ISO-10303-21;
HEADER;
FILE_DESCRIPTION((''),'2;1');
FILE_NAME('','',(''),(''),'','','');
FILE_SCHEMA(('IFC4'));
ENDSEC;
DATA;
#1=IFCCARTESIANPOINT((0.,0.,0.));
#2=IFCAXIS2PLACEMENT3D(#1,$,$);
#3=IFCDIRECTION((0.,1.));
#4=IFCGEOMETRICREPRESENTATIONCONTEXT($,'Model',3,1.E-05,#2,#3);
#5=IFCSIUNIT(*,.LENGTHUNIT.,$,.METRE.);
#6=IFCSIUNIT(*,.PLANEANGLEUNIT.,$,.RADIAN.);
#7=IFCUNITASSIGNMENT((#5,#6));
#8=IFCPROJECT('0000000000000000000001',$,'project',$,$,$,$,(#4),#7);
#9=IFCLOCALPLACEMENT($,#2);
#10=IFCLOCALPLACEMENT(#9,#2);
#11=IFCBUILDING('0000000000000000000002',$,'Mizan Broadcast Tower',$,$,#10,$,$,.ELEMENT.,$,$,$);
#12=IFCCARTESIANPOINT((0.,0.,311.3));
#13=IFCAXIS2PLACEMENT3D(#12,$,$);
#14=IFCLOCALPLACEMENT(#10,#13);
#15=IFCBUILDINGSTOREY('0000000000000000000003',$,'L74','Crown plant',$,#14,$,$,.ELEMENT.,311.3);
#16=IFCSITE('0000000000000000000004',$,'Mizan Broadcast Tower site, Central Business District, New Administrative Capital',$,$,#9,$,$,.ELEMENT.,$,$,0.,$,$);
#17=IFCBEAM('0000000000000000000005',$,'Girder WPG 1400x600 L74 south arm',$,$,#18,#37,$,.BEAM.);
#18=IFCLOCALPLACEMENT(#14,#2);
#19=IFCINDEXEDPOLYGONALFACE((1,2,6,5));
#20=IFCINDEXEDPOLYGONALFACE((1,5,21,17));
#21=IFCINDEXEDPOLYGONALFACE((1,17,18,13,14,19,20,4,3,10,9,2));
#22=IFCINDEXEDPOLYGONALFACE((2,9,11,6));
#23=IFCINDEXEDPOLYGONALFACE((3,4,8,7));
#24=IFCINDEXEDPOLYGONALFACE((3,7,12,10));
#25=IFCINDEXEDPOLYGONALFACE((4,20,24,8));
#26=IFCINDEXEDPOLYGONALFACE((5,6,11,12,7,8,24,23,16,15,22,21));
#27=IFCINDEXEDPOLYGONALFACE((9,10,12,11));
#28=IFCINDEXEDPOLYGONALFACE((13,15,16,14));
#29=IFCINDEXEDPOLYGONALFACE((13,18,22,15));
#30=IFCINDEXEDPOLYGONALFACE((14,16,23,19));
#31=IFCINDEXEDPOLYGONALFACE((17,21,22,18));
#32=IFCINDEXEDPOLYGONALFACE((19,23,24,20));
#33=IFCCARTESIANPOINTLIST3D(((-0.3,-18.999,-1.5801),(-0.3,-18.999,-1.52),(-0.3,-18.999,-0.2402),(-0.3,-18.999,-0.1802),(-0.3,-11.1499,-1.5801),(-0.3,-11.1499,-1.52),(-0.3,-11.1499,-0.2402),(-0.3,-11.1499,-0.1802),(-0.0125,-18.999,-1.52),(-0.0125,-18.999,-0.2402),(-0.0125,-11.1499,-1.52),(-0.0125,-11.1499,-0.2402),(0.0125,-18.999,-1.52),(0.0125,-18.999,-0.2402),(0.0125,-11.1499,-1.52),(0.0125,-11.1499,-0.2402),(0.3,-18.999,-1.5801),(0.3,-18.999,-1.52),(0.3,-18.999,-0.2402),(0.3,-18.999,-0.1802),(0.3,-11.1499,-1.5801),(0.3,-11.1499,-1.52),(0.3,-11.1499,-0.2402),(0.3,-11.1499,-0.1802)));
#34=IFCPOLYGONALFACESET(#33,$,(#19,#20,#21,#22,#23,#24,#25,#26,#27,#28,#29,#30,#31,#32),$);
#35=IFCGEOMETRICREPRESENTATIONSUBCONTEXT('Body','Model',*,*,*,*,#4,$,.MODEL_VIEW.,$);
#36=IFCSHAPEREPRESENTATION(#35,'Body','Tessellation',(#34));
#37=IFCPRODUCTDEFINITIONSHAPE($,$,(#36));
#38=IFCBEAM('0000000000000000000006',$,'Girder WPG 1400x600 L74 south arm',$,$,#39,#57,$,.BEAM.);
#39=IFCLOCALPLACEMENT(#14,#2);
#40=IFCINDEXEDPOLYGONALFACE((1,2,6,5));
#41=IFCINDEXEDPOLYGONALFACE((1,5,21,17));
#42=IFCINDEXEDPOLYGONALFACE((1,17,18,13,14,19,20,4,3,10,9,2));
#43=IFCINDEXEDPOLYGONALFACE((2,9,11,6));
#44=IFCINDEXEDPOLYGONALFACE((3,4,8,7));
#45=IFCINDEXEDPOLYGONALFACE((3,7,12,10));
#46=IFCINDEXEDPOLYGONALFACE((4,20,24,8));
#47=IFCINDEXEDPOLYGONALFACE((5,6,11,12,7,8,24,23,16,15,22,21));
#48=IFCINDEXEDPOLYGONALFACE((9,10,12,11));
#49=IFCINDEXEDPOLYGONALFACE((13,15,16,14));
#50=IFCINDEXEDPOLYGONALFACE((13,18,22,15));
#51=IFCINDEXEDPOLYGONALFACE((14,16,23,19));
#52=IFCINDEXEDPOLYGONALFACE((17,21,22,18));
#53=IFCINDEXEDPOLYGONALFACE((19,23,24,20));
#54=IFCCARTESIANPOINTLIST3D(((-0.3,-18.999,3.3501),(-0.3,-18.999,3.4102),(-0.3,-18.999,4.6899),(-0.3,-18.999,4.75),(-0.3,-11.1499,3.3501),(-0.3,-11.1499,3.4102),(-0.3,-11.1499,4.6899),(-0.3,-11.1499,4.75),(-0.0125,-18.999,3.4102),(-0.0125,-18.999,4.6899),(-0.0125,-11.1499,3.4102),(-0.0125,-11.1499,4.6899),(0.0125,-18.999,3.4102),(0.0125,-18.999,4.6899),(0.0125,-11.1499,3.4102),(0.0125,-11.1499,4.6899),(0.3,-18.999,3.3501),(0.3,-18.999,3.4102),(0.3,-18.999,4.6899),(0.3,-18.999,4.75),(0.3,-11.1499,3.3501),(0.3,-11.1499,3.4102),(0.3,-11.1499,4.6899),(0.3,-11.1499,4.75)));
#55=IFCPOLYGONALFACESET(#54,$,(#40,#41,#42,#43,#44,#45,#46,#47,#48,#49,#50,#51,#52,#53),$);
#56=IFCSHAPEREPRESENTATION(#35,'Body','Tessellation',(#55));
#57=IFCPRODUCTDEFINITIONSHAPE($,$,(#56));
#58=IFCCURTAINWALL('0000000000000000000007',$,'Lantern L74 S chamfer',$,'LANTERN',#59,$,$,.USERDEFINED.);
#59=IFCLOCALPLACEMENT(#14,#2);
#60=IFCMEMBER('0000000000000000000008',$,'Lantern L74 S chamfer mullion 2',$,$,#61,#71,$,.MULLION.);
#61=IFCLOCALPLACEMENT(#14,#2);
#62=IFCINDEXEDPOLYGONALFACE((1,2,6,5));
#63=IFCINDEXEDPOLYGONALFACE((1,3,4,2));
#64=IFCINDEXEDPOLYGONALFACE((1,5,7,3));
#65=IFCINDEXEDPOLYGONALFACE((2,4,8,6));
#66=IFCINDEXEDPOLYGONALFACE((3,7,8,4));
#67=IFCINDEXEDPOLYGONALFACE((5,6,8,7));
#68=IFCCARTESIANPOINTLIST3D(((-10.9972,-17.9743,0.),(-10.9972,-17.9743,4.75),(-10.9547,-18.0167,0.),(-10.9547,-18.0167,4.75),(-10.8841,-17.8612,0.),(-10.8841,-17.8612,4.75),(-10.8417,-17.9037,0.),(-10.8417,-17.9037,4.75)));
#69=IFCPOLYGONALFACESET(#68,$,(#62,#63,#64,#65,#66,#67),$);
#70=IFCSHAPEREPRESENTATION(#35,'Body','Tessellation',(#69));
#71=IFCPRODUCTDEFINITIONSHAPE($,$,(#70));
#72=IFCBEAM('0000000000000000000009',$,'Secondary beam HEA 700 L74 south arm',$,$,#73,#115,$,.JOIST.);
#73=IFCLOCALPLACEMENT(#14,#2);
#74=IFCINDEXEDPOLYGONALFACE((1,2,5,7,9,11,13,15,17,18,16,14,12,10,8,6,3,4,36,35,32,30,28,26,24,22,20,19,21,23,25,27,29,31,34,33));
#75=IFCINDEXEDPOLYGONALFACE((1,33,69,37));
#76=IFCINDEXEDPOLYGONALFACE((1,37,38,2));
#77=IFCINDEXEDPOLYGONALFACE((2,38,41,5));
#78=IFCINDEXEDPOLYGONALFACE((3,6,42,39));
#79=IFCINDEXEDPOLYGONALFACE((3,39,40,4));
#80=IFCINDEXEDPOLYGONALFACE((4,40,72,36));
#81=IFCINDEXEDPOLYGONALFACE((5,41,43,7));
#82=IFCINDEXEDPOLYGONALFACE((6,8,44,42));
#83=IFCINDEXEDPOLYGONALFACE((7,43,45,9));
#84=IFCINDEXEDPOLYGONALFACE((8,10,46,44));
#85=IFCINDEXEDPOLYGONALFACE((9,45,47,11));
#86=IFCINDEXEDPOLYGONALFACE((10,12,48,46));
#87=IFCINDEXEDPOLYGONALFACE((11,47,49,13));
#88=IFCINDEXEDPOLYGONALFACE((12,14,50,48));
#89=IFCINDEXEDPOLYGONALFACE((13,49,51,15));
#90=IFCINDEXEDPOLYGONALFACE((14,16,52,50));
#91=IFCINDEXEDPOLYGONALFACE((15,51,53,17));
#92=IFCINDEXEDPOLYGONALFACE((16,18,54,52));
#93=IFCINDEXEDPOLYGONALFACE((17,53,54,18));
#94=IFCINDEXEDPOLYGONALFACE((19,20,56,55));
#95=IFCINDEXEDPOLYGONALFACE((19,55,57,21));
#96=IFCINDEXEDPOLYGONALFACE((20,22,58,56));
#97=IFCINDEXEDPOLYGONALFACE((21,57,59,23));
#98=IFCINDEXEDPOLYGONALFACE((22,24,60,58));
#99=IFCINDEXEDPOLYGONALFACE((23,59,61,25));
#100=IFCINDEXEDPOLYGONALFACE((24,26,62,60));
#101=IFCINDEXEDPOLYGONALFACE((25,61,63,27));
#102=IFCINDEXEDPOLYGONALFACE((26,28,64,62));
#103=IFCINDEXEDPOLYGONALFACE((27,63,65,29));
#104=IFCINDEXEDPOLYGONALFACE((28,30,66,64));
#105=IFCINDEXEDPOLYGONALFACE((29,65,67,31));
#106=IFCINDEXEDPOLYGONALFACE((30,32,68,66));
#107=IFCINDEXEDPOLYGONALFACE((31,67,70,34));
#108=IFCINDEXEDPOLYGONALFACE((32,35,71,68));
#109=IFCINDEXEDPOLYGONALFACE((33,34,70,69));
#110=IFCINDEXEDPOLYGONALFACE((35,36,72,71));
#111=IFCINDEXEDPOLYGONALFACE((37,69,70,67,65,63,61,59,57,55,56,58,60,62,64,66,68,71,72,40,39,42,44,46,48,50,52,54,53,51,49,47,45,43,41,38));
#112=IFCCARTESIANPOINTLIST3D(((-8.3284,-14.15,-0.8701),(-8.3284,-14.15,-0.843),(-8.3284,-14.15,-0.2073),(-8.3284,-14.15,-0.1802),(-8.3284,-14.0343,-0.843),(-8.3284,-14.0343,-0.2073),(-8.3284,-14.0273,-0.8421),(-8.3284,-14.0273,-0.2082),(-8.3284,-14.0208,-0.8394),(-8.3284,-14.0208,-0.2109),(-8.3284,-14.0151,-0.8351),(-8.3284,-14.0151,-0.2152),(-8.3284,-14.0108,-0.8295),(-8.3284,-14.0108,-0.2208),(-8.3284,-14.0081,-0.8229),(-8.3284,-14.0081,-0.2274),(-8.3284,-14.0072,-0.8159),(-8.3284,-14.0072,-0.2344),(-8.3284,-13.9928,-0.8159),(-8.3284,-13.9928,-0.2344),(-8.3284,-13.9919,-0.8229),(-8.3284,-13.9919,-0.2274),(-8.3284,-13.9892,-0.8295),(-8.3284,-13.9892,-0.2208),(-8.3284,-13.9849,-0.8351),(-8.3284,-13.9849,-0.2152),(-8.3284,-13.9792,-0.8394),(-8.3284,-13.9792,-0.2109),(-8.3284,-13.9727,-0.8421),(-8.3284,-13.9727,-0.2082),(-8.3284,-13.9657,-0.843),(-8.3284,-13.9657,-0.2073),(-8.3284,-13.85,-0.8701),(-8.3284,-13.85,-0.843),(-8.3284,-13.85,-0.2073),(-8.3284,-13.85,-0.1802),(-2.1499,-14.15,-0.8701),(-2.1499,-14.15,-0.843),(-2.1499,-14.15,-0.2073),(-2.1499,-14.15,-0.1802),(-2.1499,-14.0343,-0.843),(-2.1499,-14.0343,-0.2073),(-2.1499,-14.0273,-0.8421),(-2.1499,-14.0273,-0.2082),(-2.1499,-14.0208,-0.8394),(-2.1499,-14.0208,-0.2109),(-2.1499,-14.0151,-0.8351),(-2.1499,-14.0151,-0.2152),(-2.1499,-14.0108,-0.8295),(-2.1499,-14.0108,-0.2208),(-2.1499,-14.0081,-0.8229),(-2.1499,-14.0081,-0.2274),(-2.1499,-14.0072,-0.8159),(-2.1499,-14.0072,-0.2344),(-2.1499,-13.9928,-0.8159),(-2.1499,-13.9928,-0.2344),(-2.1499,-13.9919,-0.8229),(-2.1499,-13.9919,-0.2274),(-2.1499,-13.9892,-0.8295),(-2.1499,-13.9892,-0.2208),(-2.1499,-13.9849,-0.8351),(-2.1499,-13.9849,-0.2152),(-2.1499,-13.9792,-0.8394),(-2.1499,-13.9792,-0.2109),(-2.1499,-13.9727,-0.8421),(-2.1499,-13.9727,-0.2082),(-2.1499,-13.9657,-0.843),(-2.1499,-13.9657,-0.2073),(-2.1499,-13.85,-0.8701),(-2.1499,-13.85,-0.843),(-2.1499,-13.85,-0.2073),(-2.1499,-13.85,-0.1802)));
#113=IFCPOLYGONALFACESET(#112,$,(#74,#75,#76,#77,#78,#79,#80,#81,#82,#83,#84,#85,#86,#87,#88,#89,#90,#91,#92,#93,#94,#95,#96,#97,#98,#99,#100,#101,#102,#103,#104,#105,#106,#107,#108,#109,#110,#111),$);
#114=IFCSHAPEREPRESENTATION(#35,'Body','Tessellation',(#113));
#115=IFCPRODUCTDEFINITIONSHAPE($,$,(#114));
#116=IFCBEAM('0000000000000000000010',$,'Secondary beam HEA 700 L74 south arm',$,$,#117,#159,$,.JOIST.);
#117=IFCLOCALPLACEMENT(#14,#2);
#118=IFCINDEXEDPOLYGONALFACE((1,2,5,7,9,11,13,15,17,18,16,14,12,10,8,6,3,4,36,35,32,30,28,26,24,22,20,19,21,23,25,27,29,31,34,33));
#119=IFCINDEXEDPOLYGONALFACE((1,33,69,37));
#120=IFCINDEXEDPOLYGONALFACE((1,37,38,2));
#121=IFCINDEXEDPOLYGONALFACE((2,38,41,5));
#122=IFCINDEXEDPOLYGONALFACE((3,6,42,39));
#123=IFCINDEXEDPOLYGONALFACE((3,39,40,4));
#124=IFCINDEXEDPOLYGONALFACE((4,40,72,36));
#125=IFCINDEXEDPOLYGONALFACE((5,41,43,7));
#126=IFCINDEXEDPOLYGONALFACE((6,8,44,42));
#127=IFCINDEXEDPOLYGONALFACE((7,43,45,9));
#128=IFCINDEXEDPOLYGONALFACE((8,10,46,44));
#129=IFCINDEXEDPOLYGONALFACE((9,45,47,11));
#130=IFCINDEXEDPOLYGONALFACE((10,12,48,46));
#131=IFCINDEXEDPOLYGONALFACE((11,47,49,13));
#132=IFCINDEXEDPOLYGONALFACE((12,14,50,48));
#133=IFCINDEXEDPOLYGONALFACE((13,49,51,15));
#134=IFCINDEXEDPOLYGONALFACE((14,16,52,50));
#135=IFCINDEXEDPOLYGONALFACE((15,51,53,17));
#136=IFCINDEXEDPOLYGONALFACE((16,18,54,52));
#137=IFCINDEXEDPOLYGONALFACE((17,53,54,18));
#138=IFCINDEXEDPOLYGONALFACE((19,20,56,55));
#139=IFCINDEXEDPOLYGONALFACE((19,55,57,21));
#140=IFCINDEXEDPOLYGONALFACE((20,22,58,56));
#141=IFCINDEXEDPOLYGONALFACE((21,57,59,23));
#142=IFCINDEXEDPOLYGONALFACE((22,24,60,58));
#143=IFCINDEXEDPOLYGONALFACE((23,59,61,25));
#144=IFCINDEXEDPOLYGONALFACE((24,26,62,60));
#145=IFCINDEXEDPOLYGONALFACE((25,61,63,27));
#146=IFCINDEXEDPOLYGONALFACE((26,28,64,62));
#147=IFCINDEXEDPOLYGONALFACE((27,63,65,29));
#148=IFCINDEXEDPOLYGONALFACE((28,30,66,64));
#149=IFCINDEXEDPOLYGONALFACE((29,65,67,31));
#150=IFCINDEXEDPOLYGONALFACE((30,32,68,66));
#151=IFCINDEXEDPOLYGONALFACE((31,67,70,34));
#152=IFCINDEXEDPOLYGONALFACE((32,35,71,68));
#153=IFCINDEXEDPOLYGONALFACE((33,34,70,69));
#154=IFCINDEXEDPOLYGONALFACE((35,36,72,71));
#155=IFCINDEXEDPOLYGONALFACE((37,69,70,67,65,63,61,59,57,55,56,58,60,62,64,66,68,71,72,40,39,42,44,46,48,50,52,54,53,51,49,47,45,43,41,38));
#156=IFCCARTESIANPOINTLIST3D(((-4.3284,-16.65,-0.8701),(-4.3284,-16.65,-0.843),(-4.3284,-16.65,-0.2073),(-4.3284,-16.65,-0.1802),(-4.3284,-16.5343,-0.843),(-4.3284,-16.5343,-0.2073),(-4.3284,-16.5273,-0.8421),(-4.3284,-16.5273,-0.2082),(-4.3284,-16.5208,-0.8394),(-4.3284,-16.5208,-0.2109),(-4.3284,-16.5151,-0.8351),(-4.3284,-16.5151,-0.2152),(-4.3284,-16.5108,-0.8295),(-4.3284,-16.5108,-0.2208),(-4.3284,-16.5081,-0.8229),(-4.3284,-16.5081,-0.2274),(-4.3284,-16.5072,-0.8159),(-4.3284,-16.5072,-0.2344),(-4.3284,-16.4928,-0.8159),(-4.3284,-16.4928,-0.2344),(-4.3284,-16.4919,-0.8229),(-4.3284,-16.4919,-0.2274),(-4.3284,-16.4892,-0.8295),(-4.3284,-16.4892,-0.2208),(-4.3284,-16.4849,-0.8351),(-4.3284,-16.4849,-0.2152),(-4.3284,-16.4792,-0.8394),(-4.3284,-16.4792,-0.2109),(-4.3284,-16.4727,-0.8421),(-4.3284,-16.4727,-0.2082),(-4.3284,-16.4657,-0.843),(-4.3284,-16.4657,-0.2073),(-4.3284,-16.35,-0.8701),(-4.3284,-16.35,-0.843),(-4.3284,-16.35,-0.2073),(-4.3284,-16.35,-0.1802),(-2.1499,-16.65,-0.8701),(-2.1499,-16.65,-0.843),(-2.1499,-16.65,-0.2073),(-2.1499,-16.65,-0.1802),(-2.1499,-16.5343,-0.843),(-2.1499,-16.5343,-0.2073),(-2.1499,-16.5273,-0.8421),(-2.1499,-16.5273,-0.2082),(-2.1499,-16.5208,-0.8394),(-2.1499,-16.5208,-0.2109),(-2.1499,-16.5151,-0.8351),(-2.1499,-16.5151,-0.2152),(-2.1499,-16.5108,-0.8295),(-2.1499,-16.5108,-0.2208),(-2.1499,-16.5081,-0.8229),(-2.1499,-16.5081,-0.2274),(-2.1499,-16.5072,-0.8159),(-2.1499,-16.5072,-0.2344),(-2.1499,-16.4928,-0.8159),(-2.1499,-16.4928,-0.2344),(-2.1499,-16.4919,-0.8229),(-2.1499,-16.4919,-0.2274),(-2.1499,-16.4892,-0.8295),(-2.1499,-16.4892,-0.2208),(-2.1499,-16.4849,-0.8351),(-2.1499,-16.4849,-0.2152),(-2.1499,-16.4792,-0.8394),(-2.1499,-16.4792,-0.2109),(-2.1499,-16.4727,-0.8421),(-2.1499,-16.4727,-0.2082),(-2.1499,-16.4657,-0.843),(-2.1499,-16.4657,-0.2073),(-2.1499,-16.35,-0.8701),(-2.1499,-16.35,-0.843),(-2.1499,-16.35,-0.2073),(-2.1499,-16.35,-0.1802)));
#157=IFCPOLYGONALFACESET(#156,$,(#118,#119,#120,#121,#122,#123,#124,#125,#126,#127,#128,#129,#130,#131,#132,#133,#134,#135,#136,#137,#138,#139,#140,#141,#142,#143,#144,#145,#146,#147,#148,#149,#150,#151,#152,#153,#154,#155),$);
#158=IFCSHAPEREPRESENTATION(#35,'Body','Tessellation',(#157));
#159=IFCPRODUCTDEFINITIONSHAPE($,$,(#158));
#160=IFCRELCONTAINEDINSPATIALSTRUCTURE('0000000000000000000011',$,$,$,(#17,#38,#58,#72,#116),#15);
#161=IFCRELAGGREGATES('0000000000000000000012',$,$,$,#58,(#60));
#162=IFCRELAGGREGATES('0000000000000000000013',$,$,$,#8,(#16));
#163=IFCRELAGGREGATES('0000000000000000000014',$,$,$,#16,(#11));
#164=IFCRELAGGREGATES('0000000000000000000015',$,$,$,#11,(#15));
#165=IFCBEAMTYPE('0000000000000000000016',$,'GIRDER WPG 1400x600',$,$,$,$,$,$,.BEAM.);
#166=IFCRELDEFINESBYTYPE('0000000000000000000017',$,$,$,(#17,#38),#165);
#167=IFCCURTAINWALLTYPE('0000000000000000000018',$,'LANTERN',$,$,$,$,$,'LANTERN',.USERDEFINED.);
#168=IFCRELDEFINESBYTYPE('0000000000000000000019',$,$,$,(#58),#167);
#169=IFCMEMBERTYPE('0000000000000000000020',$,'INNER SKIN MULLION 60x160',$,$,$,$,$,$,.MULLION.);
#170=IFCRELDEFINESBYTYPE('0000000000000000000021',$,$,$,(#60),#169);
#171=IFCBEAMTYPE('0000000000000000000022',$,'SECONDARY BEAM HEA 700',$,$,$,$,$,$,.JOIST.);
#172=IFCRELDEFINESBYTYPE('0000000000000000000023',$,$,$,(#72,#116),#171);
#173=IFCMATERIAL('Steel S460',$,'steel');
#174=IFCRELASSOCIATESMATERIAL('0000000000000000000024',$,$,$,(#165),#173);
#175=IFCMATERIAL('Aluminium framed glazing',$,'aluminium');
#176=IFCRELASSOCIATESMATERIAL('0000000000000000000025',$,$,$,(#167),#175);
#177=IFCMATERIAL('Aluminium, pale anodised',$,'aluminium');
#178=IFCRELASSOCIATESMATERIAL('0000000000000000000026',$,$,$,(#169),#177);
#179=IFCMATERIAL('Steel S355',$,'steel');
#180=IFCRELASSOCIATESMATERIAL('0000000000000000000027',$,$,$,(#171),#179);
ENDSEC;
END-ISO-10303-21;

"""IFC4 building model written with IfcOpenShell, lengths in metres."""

from ifc_helpers import new_model, si_unit, direction, frame, origin, origin_2d, place, context, subcontext, project, spatial, rectangle, i_section, extrude, material, material_profile, profile_set, type_object, element, aggregate, save


model = new_model("IFC4")

# Units and contexts
model_context = context("Model", 3, precision=1e-05, world=origin(), true_north=direction((0.0, 1.0)))
body_context = subcontext(model_context, "Body", "Model", "MODEL_VIEW")
ifc_project = project(units=[si_unit("LENGTHUNIT", "METRE"), si_unit("PLANEANGLEUNIT", "RADIAN")], contexts=[model_context])

# Site, building, storey
site_placement = place(None, origin())
site = spatial("IfcSite", under=ifc_project, at=site_placement, Name="Mizan Broadcast Tower site, Central Business District, New Administrative Capital", CompositionType="ELEMENT", RefElevation=0.0)
building_placement = place(site_placement, origin())
building = spatial("IfcBuilding", under=site, at=building_placement, Name="Mizan Broadcast Tower", CompositionType="ELEMENT")
storey_placement = place(building_placement, frame((0.0, 0.0, 311.3)))
storey = spatial("IfcBuildingStorey", under=building, at=storey_placement, Name="L74", Description="Crown plant", CompositionType="ELEMENT", Elevation=311.3)

# Beams
ifc_material_1 = material(Name="Steel S460", Category="steel")
ifc_material_profile_1 = material_profile(ifc_material_1, i_section(OverallWidth=0.6001, OverallDepth=1.3999, WebThickness=0.0249, FlangeThickness=0.0601, at=origin_2d()), Name="WPG 1400x600")
ifc_profile_set_1 = profile_set([ifc_material_profile_1], Name="Steel S460")
beam_type_1 = type_object("IfcBeamType", Name="GIRDER WPG 1400x600", PredefinedType="BEAM", material=ifc_profile_set_1)
for number, where, z_axis, x_axis, name in (
    (1, (0.0, -11.1499, -0.8801), (0.0, -1.0, 0.0), (1.0, 0.0, 0.0), "Girder WPG 1400x600 L74 south arm"),
    (2, (0.0, -11.1499, 4.05), (0.0, -1.0, 0.0), (1.0, 0.0, 0.0), "Girder WPG 1400x600 L74 south arm"),
):
    element("IfcBeam", number, at=place(storey_placement, frame(where, z_axis=z_axis, x_axis=x_axis)), inside=storey, type_object=beam_type_1, Name=name, PredefinedType="BEAM", context=body_context, shape_type="SweptSolid", body=[
        extrude(i_section(OverallWidth=0.6001, OverallDepth=1.3999, WebThickness=0.0249, FlangeThickness=0.0601, at=origin_2d()), origin(), (0.0, 0.0, 1.0), 7.8491),
    ])

# Curtain wall, member
ifc_material_2 = material(Name="Aluminium framed glazing", Category="aluminium")
curtain_wall_type = type_object("IfcCurtainWallType", Name="LANTERN", ElementType="LANTERN", PredefinedType="USERDEFINED", material=ifc_material_2)
curtain_wall_placement = place(storey_placement, origin())
curtain_wall = element("IfcCurtainWall", 3, at=curtain_wall_placement, inside=storey, type_object=curtain_wall_type, Name="Lantern L74 S chamfer", ObjectType="LANTERN", PredefinedType="USERDEFINED")
ifc_material_3 = material(Name="Aluminium, pale anodised", Category="aluminium")
ifc_material_profile_2 = material_profile(ifc_material_3, rectangle(XDim=0.1599, YDim=0.0601, at=origin_2d()), Name="MULLION 160x60")
ifc_profile_set_2 = profile_set([ifc_material_profile_2], Name="Aluminium, pale anodised")
member_type = type_object("IfcMemberType", Name="INNER SKIN MULLION 60x160", PredefinedType="MULLION", material=ifc_profile_set_2)
member_placement = place(storey_placement, frame((-10.9194, -17.939, 0.0), z_axis=(0.0, 0.0, 1.0), x_axis=(0.707107, 0.707107, 0.0)))
member = element("IfcMember", 4, at=member_placement, type_object=member_type, Name="Lantern L74 S chamfer mullion 2", PredefinedType="MULLION", context=body_context, shape_type="SweptSolid", body=[
    extrude(rectangle(XDim=0.1599, YDim=0.0601, at=origin_2d()), origin(), (0.0, 0.0, 1.0), 4.75),
])
aggregate(curtain_wall, [member])

# Beams
ifc_material_4 = material(Name="Steel S355", Category="steel")
ifc_material_profile_3 = material_profile(ifc_material_4, i_section(OverallWidth=0.3, OverallDepth=0.6899, WebThickness=0.0144, FlangeThickness=0.0271, FilletRadius=0.0271, at=origin_2d()), Name="HEA 700")
ifc_profile_set_3 = profile_set([ifc_material_profile_3], Name="Steel S355")
beam_type_2 = type_object("IfcBeamType", Name="SECONDARY BEAM HEA 700", PredefinedType="JOIST", material=ifc_profile_set_3)
beam_1_placement = place(storey_placement, frame((-8.3284, -14.0, -0.5251), z_axis=(1.0, 0.0, 0.0), x_axis=(0.0, 1.0, 0.0)))
element("IfcBeam", 5, at=beam_1_placement, inside=storey, type_object=beam_type_2, Name="Secondary beam HEA 700 L74 south arm", PredefinedType="JOIST", context=body_context, shape_type="SweptSolid", body=[
    extrude(i_section(OverallWidth=0.3, OverallDepth=0.6899, WebThickness=0.0144, FlangeThickness=0.0271, FilletRadius=0.0271, at=origin_2d()), origin(), (0.0, 0.0, 1.0), 6.1785),
])
beam_2_placement = place(storey_placement, frame((-4.3284, -16.5, -0.5251), z_axis=(1.0, 0.0, 0.0), x_axis=(0.0, 1.0, 0.0)))
element("IfcBeam", 6, at=beam_2_placement, inside=storey, type_object=beam_type_2, Name="Secondary beam HEA 700 L74 south arm", PredefinedType="JOIST", context=body_context, shape_type="SweptSolid", body=[
    extrude(i_section(OverallWidth=0.3, OverallDepth=0.6899, WebThickness=0.0144, FlangeThickness=0.0271, FilletRadius=0.0271, at=origin_2d()), origin(), (0.0, 0.0, 1.0), 2.1785),
])

save(model, "model.ifc")
